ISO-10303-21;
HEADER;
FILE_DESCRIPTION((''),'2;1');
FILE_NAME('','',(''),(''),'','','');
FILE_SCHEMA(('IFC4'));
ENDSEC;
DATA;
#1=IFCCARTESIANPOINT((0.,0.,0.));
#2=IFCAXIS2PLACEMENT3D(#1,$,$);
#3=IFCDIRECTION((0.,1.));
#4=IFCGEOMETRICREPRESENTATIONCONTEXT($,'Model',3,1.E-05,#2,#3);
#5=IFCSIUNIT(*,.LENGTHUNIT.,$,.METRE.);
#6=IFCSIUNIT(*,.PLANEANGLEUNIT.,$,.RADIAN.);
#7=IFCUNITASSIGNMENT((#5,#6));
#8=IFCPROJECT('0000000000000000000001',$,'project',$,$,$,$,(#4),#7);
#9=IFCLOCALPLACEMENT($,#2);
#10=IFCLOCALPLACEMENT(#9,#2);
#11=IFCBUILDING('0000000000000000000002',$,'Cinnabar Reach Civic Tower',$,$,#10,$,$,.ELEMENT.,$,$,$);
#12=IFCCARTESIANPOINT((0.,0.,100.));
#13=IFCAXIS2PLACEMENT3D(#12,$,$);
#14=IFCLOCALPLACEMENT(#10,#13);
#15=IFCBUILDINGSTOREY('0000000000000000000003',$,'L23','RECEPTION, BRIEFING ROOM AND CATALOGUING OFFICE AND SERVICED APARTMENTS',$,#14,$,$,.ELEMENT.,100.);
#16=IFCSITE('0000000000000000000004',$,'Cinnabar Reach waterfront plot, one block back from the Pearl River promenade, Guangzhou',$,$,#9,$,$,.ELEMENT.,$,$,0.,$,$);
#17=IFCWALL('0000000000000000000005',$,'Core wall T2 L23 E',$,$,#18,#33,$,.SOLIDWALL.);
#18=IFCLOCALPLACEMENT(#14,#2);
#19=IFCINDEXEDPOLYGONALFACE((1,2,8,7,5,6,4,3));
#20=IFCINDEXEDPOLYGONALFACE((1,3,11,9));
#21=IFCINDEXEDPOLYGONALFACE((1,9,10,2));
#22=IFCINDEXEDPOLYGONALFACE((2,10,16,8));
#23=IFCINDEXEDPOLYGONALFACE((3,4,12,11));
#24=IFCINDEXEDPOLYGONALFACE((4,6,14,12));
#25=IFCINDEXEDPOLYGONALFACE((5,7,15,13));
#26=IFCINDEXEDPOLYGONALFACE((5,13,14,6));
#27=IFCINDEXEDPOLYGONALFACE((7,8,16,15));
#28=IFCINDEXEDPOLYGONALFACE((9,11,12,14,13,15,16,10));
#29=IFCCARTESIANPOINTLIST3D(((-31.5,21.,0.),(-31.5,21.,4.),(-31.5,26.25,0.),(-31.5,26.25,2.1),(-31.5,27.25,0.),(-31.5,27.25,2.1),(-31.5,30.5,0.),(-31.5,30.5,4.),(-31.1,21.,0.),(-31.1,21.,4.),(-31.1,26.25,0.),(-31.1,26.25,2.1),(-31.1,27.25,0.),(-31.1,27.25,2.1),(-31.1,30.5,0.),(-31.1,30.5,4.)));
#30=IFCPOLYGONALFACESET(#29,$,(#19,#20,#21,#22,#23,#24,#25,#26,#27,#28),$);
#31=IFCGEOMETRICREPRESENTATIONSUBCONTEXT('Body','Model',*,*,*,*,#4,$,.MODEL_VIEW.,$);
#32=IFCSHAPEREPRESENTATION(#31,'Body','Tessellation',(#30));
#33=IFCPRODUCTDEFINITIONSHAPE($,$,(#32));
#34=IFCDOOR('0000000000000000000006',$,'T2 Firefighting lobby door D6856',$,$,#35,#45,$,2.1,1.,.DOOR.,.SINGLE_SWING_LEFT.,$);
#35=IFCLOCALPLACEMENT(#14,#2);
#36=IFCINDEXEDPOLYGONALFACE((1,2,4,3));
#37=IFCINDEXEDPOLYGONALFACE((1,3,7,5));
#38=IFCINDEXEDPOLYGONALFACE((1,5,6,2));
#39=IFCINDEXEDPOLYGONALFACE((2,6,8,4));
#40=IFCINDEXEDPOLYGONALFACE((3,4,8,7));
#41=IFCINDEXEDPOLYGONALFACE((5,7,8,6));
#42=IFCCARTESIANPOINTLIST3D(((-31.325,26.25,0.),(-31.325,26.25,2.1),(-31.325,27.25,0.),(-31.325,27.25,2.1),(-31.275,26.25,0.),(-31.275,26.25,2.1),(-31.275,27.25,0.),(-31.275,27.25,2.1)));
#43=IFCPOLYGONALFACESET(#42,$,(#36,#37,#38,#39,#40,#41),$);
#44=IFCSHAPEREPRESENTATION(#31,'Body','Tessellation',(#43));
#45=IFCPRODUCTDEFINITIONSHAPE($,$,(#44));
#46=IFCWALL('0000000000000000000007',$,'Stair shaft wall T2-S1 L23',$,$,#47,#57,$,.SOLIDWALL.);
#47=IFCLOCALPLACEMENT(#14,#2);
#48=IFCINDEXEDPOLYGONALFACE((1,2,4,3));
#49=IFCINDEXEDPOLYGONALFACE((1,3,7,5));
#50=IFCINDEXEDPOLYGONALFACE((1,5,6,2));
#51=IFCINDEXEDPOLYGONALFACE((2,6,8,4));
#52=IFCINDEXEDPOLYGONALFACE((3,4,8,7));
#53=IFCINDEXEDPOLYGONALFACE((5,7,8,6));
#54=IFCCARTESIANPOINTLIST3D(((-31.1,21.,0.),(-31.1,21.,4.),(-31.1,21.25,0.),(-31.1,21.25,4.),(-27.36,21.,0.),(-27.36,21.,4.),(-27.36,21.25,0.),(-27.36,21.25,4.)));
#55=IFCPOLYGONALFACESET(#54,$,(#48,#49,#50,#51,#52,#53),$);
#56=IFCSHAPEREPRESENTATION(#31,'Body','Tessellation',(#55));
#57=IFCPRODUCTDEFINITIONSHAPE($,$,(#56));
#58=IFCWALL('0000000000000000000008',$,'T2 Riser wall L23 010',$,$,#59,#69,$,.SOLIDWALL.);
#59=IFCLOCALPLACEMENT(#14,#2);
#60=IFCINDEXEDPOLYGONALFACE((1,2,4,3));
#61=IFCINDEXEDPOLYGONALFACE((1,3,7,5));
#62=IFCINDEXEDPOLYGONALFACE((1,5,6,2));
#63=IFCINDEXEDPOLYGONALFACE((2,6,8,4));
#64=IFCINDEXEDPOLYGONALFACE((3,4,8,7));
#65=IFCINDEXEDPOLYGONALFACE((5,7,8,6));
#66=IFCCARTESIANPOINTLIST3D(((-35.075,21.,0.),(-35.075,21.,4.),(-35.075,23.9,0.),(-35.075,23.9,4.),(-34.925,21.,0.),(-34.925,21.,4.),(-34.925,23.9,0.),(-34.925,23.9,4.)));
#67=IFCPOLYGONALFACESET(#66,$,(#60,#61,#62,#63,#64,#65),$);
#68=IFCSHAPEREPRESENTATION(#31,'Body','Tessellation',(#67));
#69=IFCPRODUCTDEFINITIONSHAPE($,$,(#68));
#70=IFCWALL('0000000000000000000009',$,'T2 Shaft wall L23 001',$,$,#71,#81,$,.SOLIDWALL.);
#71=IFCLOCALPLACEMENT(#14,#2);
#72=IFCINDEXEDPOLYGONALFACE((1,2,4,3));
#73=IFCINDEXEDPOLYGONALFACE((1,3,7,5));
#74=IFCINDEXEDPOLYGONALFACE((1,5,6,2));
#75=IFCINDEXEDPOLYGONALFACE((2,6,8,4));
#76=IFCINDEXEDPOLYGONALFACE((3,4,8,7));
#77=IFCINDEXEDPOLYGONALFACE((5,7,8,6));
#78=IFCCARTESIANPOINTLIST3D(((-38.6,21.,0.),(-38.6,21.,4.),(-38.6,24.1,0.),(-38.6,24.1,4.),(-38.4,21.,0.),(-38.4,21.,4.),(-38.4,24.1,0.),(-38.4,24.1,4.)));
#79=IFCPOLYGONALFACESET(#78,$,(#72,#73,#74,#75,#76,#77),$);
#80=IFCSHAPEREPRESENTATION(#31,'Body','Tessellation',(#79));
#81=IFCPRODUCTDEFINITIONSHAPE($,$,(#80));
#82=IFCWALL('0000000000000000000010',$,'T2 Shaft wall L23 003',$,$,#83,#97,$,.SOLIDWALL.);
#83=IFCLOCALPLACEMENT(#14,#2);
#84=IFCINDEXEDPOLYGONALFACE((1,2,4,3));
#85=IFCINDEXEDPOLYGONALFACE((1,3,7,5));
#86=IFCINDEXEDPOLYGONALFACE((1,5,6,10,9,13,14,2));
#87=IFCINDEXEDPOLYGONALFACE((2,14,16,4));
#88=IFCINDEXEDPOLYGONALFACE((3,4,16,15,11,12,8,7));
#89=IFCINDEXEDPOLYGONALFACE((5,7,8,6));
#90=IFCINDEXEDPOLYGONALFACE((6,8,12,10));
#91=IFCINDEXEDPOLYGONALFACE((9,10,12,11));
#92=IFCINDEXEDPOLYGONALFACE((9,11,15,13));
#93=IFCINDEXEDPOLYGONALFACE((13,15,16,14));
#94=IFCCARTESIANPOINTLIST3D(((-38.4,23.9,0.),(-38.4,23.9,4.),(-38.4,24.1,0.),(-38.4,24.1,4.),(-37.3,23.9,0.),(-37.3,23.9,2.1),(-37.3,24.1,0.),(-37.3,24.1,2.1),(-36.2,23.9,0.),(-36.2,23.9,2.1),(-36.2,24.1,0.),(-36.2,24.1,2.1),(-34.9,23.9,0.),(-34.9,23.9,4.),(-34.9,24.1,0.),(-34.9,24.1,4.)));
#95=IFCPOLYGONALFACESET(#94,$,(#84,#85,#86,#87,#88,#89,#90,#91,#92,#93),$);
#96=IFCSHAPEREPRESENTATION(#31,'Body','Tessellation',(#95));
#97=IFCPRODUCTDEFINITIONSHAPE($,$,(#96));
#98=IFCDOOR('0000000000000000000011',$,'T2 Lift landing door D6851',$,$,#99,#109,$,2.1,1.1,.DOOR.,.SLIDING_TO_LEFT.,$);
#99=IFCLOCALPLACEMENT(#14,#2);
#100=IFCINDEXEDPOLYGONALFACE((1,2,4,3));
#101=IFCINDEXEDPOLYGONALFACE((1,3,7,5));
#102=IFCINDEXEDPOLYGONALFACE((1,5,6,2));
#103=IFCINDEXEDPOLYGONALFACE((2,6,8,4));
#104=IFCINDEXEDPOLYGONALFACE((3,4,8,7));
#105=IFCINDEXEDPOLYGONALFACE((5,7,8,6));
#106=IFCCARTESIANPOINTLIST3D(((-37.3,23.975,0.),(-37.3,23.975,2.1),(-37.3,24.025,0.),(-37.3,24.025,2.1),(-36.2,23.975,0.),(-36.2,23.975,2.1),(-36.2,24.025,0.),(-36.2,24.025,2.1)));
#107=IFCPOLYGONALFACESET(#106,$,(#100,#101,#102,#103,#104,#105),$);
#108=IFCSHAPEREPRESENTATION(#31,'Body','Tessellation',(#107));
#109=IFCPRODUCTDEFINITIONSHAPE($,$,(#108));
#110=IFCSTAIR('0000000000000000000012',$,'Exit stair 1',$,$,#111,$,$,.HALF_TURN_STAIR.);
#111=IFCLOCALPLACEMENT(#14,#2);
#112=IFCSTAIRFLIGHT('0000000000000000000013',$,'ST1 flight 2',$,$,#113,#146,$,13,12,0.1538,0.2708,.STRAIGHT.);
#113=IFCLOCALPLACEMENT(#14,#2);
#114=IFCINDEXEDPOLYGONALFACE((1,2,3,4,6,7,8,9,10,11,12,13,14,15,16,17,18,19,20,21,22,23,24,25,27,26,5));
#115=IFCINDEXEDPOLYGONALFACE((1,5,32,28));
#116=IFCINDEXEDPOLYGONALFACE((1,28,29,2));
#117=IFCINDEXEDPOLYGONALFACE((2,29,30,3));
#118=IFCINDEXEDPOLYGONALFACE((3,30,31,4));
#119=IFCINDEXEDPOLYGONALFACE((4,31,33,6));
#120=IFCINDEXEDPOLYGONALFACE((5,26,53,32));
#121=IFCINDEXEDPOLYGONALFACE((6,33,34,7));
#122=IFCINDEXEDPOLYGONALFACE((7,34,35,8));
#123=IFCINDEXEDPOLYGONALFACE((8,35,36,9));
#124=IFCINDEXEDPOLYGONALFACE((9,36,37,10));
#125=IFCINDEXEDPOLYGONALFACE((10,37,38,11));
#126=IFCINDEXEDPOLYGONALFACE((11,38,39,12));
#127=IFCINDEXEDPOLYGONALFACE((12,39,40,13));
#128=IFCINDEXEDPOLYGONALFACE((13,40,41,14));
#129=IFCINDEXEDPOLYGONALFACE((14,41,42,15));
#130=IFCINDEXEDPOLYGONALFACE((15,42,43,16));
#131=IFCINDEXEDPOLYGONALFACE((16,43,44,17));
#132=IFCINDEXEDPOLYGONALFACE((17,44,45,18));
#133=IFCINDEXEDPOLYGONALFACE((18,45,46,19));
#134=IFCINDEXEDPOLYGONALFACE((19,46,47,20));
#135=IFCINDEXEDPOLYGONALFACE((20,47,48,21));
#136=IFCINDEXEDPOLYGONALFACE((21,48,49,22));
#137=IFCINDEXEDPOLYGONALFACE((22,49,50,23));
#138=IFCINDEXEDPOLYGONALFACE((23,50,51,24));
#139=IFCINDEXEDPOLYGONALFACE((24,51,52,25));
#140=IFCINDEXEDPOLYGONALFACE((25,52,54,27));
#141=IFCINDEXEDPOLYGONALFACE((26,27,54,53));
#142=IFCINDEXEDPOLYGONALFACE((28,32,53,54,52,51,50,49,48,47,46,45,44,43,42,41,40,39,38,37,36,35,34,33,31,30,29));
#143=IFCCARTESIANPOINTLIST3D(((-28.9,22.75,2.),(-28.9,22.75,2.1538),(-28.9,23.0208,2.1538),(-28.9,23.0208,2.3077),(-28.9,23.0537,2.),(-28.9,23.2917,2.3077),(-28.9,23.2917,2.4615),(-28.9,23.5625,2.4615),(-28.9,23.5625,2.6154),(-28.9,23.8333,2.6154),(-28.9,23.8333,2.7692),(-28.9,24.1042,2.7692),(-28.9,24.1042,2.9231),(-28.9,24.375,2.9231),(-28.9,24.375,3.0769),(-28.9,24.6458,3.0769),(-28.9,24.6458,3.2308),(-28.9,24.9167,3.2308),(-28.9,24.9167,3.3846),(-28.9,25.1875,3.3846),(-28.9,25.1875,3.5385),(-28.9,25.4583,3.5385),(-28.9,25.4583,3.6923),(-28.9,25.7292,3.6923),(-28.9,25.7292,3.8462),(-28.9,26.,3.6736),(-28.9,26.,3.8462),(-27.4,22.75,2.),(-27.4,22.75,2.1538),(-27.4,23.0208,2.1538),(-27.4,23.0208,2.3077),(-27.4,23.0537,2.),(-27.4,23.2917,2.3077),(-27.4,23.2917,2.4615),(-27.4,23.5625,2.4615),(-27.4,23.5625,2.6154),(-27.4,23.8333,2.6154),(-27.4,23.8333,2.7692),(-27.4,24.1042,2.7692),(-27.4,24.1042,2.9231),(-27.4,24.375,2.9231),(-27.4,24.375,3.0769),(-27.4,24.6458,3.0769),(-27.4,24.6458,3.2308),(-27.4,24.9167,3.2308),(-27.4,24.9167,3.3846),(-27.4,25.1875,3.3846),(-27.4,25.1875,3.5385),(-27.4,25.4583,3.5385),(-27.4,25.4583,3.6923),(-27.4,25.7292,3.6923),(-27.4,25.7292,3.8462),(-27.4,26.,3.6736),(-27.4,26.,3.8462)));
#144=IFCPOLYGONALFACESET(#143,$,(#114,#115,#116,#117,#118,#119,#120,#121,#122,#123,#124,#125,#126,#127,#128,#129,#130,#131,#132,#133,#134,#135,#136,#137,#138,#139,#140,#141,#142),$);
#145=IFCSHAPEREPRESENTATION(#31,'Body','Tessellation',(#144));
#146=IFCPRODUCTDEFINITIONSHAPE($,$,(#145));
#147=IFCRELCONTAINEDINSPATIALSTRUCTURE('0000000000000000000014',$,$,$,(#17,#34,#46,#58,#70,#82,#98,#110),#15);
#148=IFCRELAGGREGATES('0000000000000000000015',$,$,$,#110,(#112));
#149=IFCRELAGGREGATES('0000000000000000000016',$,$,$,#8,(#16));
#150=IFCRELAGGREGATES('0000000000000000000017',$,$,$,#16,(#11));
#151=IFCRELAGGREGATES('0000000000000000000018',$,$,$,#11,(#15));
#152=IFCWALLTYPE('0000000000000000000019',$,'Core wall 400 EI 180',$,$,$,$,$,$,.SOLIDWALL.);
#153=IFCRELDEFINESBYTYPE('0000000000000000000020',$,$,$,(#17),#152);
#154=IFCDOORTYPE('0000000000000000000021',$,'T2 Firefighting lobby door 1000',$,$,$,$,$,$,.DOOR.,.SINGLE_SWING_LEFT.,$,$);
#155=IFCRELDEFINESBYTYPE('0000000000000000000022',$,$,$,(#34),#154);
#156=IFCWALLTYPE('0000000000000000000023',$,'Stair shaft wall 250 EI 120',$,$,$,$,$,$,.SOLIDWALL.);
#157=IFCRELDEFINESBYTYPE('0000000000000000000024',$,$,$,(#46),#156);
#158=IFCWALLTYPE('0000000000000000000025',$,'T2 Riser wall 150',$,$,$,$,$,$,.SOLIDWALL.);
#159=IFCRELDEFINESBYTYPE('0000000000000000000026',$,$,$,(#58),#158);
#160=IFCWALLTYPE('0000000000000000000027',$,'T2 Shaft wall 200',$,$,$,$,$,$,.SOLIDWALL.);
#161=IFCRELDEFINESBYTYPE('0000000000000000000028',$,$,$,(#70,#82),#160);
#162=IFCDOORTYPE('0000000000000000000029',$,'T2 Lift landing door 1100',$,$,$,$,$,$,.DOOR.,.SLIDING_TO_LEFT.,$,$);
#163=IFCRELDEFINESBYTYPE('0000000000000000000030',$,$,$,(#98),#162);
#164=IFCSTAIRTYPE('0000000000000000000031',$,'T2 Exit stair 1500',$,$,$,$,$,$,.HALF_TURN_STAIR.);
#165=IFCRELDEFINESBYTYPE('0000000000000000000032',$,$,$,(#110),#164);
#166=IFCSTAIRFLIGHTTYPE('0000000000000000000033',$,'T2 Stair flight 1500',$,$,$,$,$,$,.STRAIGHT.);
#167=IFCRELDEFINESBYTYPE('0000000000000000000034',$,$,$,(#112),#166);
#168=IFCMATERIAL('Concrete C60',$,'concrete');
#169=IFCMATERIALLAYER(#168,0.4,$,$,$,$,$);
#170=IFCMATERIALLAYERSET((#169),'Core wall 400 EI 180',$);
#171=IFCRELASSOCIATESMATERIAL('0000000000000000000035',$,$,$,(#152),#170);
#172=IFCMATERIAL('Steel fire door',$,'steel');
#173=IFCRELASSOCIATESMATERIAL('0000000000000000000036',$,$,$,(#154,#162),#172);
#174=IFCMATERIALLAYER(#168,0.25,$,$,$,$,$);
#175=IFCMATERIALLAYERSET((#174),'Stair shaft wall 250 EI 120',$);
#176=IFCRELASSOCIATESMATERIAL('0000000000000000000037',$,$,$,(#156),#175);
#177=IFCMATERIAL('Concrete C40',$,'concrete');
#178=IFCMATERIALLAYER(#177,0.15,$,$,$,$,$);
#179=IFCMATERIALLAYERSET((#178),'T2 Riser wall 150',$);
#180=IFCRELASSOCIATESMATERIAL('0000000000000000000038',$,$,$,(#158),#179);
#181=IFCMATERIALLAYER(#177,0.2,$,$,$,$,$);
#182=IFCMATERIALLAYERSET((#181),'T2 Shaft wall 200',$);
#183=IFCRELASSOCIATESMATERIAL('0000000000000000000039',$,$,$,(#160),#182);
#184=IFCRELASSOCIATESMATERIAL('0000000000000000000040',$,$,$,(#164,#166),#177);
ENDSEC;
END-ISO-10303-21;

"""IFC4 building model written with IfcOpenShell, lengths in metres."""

from ifc_helpers import new_model, si_unit, direction, frame, frame_2d, origin, place, context, subcontext, project, spatial, polyline, rectangle, outline, extrude, material, layer, layer_set, type_object, element, fill, aggregate, save


model = new_model("IFC4")

# Units and contexts
model_context = context("Model", 3, precision=1e-05, world=origin(), true_north=direction((0.0, 1.0)))
body_context = subcontext(model_context, "Body", "Model", "MODEL_VIEW")
ifc_project = project(units=[si_unit("LENGTHUNIT", "METRE"), si_unit("PLANEANGLEUNIT", "RADIAN")], contexts=[model_context])

# Site, building, storey
site_placement = place(None, origin())
site = spatial("IfcSite", under=ifc_project, at=site_placement, Name="Cinnabar Reach waterfront plot, one block back from the Pearl River promenade, Guangzhou", CompositionType="ELEMENT", RefElevation=0.0)
building_placement = place(site_placement, origin())
building = spatial("IfcBuilding", under=site, at=building_placement, Name="Cinnabar Reach Civic Tower", CompositionType="ELEMENT")
storey_placement = place(building_placement, frame((0.0, 0.0, 100.0)))
storey = spatial("IfcBuildingStorey", under=building, at=storey_placement, Name="L23", Description="RECEPTION, BRIEFING ROOM AND CATALOGUING OFFICE AND SERVICED APARTMENTS", CompositionType="ELEMENT", Elevation=100.0)

# Shared definitions
ifc_material_1 = material(Name="Concrete C60", Category="concrete")

# Shared definitions
ifc_material_2 = material(Name="Concrete C40", Category="concrete")

# Wall, opening, door
ifc_layer_1 = layer(ifc_material_1, 0.4)
ifc_layer_set_1 = layer_set([ifc_layer_1], Name="Core wall 400 EI 180")
wall_type_1 = type_object("IfcWallType", Name="Core wall 400 EI 180", PredefinedType="SOLIDWALL", material=ifc_layer_set_1)
wall_1_placement = place(storey_placement, frame((-31.3, 21.0, 0.0), z_axis=(0.0, 0.0, 1.0), x_axis=(0.0, 1.0, 0.0)))
wall_1 = element("IfcWall", 1, at=wall_1_placement, inside=storey, type_object=wall_type_1, Name="Core wall T2 L23 E", PredefinedType="SOLIDWALL", context=body_context, shape_type="SweptSolid", body=[
    extrude(rectangle(XDim=9.5, YDim=0.4, at=frame_2d((4.75, 0.0))), origin(), (0.0, 0.0, 1.0), 4.0),
])
opening_1_placement = place(wall_1_placement, frame((5.25, 0.0, 0.0)))
opening_1 = element("IfcOpeningElement", 2, at=opening_1_placement, cuts=wall_1, PredefinedType="OPENING", context=body_context, shape_type="SweptSolid", body=[
    extrude(rectangle(XDim=1.0, YDim=2.1, at=frame_2d((0.5, 1.05))), frame((0.0, 0.21, 0.0), z_axis=(0.0, -1.0, 0.0), x_axis=(1.0, 0.0, 0.0)), (0.0, 0.0, 1.0), 0.42),
])
ifc_material_3 = material(Name="Steel fire door", Category="steel")
door_type_1 = type_object("IfcDoorType", Name="T2 Firefighting lobby door 1000", OperationType="SINGLE_SWING_LEFT", PredefinedType="DOOR", material=ifc_material_3)
door_1_placement = place(opening_1_placement, frame((1.0, 0.0, 0.0), z_axis=(0.0, 0.0, 1.0), x_axis=(-1.0, 0.0, 0.0)))
door_1 = element("IfcDoor", 3, at=door_1_placement, inside=storey, type_object=door_type_1, Name="T2 Firefighting lobby door D6856", OperationType="SINGLE_SWING_LEFT", OverallHeight=2.1, OverallWidth=1.0, PredefinedType="DOOR", context=body_context, shape_type="SweptSolid", body=[
    extrude(rectangle(XDim=1.0, YDim=2.1, at=frame_2d((0.5, 1.05))), frame((0.0, 0.025, 0.0), z_axis=(0.0, -1.0, 0.0), x_axis=(1.0, 0.0, 0.0)), (0.0, 0.0, 1.0), 0.05),
])
fill(opening_1, door_1)

# Walls
ifc_layer_2 = layer(ifc_material_1, 0.25)
ifc_layer_set_2 = layer_set([ifc_layer_2], Name="Stair shaft wall 250 EI 120")
wall_type_2 = type_object("IfcWallType", Name="Stair shaft wall 250 EI 120", PredefinedType="SOLIDWALL", material=ifc_layer_set_2)
wall_2_placement = place(storey_placement, frame((-31.1, 21.125, 0.0), z_axis=(0.0, 0.0, 1.0), x_axis=(1.0, 0.0, 0.0)))
element("IfcWall", 4, at=wall_2_placement, inside=storey, type_object=wall_type_2, Name="Stair shaft wall T2-S1 L23", PredefinedType="SOLIDWALL", context=body_context, shape_type="SweptSolid", body=[
    extrude(rectangle(XDim=3.74, YDim=0.25, at=frame_2d((1.87, 0.0))), origin(), (0.0, 0.0, 1.0), 4.0),
])
ifc_layer_3 = layer(ifc_material_2, 0.15)
ifc_layer_set_3 = layer_set([ifc_layer_3], Name="T2 Riser wall 150")
wall_type_3 = type_object("IfcWallType", Name="T2 Riser wall 150", PredefinedType="SOLIDWALL", material=ifc_layer_set_3)
wall_3_placement = place(storey_placement, frame((-35.0, 21.0, 0.0), z_axis=(0.0, 0.0, 1.0), x_axis=(0.0, 1.0, 0.0)))
element("IfcWall", 5, at=wall_3_placement, inside=storey, type_object=wall_type_3, Name="T2 Riser wall L23 010", PredefinedType="SOLIDWALL", context=body_context, shape_type="SweptSolid", body=[
    extrude(rectangle(XDim=2.9, YDim=0.15, at=frame_2d((1.45, 0.0))), origin(), (0.0, 0.0, 1.0), 4.0),
])
ifc_layer_4 = layer(ifc_material_2, 0.2)
ifc_layer_set_4 = layer_set([ifc_layer_4], Name="T2 Shaft wall 200")
wall_type_4 = type_object("IfcWallType", Name="T2 Shaft wall 200", PredefinedType="SOLIDWALL", material=ifc_layer_set_4)
wall_4_placement = place(storey_placement, frame((-38.5, 21.0, 0.0), z_axis=(0.0, 0.0, 1.0), x_axis=(0.0, 1.0, 0.0)))
element("IfcWall", 6, at=wall_4_placement, inside=storey, type_object=wall_type_4, Name="T2 Shaft wall L23 001", PredefinedType="SOLIDWALL", context=body_context, shape_type="SweptSolid", body=[
    extrude(rectangle(XDim=3.1, YDim=0.2, at=frame_2d((1.55, 0.0))), origin(), (0.0, 0.0, 1.0), 4.0),
])

# Wall, opening, door
wall_5_placement = place(storey_placement, frame((-34.9, 24.0, 0.0), z_axis=(0.0, 0.0, 1.0), x_axis=(-1.0, 0.0, 0.0)))
wall_5 = element("IfcWall", 7, at=wall_5_placement, inside=storey, type_object=wall_type_4, Name="T2 Shaft wall L23 003", PredefinedType="SOLIDWALL", context=body_context, shape_type="SweptSolid", body=[
    extrude(rectangle(XDim=3.5, YDim=0.2, at=frame_2d((1.75, 0.0))), origin(), (0.0, 0.0, 1.0), 4.0),
])
opening_2_placement = place(wall_5_placement, frame((1.3, 0.0, 0.0)))
opening_2 = element("IfcOpeningElement", 8, at=opening_2_placement, cuts=wall_5, PredefinedType="OPENING", context=body_context, shape_type="SweptSolid", body=[
    extrude(rectangle(XDim=1.1, YDim=2.1, at=frame_2d((0.55, 1.05))), frame((0.0, 0.11, 0.0), z_axis=(0.0, -1.0, 0.0), x_axis=(1.0, 0.0, 0.0)), (0.0, 0.0, 1.0), 0.22),
])
door_type_2 = type_object("IfcDoorType", Name="T2 Lift landing door 1100", OperationType="SLIDING_TO_LEFT", PredefinedType="DOOR", material=ifc_material_3)
door_2_placement = place(opening_2_placement, origin())
door_2 = element("IfcDoor", 9, at=door_2_placement, inside=storey, type_object=door_type_2, Name="T2 Lift landing door D6851", OperationType="SLIDING_TO_LEFT", OverallHeight=2.1, OverallWidth=1.1, PredefinedType="DOOR", context=body_context, shape_type="SweptSolid", body=[
    extrude(rectangle(XDim=1.1, YDim=2.1, at=frame_2d((0.55, 1.05))), frame((0.0, 0.025, 0.0), z_axis=(0.0, -1.0, 0.0), x_axis=(1.0, 0.0, 0.0)), (0.0, 0.0, 1.0), 0.05),
])
fill(opening_2, door_2)

# Stair, stair flight
stair_type = type_object("IfcStairType", Name="T2 Exit stair 1500", PredefinedType="HALF_TURN_STAIR", material=ifc_material_2)
stair_placement = place(storey_placement, origin())
stair = element("IfcStair", 10, at=stair_placement, inside=storey, type_object=stair_type, Name="Exit stair 1", PredefinedType="HALF_TURN_STAIR")
stair_flight_type = type_object("IfcStairFlightType", Name="T2 Stair flight 1500", PredefinedType="STRAIGHT", material=ifc_material_2)
stair_flight_placement = place(storey_placement, frame((-28.15, 22.75, 2.0), z_axis=(0.0, 0.0, 1.0), x_axis=(0.0, 1.0, 0.0)))
stair_flight = element("IfcStairFlight", 11, at=stair_flight_placement, type_object=stair_flight_type, Name="ST1 flight 2", NumberOfRisers=13, NumberOfTreads=12, PredefinedType="STRAIGHT", RiserHeight=0.1538, TreadLength=0.2708, context=body_context, shape_type="SweptSolid", body=[
    extrude(outline(polyline([(0.0, 0.0), (0.0, 0.1538), (0.2708, 0.1538), (0.2708, 0.3077), (0.5417, 0.3077), (0.5417, 0.4615), (0.8125, 0.4615), (0.8125, 0.6154), (1.0833, 0.6154), (1.0833, 0.7692), (1.3542, 0.7692), (1.3542, 0.9231), (1.625, 0.9231), (1.625, 1.0769), (1.8958, 1.0769), (1.8958, 1.2308), (2.1667, 1.2308), (2.1667, 1.3846), (2.4375, 1.3846), (2.4375, 1.5385), (2.7083, 1.5385), (2.7083, 1.6923), (2.9792, 1.6923), (2.9792, 1.8462), (3.25, 1.8462), (3.25, 2.0), (3.25, 1.6736), (0.3037, 0.0), (0.0, 0.0)])), frame((0.0, 0.75, 0.0), z_axis=(0.0, -1.0, 0.0), x_axis=(1.0, 0.0, 0.0)), (0.0, 0.0, 1.0), 1.5),
])
aggregate(stair, [stair_flight])

save(model, "model.ifc")
